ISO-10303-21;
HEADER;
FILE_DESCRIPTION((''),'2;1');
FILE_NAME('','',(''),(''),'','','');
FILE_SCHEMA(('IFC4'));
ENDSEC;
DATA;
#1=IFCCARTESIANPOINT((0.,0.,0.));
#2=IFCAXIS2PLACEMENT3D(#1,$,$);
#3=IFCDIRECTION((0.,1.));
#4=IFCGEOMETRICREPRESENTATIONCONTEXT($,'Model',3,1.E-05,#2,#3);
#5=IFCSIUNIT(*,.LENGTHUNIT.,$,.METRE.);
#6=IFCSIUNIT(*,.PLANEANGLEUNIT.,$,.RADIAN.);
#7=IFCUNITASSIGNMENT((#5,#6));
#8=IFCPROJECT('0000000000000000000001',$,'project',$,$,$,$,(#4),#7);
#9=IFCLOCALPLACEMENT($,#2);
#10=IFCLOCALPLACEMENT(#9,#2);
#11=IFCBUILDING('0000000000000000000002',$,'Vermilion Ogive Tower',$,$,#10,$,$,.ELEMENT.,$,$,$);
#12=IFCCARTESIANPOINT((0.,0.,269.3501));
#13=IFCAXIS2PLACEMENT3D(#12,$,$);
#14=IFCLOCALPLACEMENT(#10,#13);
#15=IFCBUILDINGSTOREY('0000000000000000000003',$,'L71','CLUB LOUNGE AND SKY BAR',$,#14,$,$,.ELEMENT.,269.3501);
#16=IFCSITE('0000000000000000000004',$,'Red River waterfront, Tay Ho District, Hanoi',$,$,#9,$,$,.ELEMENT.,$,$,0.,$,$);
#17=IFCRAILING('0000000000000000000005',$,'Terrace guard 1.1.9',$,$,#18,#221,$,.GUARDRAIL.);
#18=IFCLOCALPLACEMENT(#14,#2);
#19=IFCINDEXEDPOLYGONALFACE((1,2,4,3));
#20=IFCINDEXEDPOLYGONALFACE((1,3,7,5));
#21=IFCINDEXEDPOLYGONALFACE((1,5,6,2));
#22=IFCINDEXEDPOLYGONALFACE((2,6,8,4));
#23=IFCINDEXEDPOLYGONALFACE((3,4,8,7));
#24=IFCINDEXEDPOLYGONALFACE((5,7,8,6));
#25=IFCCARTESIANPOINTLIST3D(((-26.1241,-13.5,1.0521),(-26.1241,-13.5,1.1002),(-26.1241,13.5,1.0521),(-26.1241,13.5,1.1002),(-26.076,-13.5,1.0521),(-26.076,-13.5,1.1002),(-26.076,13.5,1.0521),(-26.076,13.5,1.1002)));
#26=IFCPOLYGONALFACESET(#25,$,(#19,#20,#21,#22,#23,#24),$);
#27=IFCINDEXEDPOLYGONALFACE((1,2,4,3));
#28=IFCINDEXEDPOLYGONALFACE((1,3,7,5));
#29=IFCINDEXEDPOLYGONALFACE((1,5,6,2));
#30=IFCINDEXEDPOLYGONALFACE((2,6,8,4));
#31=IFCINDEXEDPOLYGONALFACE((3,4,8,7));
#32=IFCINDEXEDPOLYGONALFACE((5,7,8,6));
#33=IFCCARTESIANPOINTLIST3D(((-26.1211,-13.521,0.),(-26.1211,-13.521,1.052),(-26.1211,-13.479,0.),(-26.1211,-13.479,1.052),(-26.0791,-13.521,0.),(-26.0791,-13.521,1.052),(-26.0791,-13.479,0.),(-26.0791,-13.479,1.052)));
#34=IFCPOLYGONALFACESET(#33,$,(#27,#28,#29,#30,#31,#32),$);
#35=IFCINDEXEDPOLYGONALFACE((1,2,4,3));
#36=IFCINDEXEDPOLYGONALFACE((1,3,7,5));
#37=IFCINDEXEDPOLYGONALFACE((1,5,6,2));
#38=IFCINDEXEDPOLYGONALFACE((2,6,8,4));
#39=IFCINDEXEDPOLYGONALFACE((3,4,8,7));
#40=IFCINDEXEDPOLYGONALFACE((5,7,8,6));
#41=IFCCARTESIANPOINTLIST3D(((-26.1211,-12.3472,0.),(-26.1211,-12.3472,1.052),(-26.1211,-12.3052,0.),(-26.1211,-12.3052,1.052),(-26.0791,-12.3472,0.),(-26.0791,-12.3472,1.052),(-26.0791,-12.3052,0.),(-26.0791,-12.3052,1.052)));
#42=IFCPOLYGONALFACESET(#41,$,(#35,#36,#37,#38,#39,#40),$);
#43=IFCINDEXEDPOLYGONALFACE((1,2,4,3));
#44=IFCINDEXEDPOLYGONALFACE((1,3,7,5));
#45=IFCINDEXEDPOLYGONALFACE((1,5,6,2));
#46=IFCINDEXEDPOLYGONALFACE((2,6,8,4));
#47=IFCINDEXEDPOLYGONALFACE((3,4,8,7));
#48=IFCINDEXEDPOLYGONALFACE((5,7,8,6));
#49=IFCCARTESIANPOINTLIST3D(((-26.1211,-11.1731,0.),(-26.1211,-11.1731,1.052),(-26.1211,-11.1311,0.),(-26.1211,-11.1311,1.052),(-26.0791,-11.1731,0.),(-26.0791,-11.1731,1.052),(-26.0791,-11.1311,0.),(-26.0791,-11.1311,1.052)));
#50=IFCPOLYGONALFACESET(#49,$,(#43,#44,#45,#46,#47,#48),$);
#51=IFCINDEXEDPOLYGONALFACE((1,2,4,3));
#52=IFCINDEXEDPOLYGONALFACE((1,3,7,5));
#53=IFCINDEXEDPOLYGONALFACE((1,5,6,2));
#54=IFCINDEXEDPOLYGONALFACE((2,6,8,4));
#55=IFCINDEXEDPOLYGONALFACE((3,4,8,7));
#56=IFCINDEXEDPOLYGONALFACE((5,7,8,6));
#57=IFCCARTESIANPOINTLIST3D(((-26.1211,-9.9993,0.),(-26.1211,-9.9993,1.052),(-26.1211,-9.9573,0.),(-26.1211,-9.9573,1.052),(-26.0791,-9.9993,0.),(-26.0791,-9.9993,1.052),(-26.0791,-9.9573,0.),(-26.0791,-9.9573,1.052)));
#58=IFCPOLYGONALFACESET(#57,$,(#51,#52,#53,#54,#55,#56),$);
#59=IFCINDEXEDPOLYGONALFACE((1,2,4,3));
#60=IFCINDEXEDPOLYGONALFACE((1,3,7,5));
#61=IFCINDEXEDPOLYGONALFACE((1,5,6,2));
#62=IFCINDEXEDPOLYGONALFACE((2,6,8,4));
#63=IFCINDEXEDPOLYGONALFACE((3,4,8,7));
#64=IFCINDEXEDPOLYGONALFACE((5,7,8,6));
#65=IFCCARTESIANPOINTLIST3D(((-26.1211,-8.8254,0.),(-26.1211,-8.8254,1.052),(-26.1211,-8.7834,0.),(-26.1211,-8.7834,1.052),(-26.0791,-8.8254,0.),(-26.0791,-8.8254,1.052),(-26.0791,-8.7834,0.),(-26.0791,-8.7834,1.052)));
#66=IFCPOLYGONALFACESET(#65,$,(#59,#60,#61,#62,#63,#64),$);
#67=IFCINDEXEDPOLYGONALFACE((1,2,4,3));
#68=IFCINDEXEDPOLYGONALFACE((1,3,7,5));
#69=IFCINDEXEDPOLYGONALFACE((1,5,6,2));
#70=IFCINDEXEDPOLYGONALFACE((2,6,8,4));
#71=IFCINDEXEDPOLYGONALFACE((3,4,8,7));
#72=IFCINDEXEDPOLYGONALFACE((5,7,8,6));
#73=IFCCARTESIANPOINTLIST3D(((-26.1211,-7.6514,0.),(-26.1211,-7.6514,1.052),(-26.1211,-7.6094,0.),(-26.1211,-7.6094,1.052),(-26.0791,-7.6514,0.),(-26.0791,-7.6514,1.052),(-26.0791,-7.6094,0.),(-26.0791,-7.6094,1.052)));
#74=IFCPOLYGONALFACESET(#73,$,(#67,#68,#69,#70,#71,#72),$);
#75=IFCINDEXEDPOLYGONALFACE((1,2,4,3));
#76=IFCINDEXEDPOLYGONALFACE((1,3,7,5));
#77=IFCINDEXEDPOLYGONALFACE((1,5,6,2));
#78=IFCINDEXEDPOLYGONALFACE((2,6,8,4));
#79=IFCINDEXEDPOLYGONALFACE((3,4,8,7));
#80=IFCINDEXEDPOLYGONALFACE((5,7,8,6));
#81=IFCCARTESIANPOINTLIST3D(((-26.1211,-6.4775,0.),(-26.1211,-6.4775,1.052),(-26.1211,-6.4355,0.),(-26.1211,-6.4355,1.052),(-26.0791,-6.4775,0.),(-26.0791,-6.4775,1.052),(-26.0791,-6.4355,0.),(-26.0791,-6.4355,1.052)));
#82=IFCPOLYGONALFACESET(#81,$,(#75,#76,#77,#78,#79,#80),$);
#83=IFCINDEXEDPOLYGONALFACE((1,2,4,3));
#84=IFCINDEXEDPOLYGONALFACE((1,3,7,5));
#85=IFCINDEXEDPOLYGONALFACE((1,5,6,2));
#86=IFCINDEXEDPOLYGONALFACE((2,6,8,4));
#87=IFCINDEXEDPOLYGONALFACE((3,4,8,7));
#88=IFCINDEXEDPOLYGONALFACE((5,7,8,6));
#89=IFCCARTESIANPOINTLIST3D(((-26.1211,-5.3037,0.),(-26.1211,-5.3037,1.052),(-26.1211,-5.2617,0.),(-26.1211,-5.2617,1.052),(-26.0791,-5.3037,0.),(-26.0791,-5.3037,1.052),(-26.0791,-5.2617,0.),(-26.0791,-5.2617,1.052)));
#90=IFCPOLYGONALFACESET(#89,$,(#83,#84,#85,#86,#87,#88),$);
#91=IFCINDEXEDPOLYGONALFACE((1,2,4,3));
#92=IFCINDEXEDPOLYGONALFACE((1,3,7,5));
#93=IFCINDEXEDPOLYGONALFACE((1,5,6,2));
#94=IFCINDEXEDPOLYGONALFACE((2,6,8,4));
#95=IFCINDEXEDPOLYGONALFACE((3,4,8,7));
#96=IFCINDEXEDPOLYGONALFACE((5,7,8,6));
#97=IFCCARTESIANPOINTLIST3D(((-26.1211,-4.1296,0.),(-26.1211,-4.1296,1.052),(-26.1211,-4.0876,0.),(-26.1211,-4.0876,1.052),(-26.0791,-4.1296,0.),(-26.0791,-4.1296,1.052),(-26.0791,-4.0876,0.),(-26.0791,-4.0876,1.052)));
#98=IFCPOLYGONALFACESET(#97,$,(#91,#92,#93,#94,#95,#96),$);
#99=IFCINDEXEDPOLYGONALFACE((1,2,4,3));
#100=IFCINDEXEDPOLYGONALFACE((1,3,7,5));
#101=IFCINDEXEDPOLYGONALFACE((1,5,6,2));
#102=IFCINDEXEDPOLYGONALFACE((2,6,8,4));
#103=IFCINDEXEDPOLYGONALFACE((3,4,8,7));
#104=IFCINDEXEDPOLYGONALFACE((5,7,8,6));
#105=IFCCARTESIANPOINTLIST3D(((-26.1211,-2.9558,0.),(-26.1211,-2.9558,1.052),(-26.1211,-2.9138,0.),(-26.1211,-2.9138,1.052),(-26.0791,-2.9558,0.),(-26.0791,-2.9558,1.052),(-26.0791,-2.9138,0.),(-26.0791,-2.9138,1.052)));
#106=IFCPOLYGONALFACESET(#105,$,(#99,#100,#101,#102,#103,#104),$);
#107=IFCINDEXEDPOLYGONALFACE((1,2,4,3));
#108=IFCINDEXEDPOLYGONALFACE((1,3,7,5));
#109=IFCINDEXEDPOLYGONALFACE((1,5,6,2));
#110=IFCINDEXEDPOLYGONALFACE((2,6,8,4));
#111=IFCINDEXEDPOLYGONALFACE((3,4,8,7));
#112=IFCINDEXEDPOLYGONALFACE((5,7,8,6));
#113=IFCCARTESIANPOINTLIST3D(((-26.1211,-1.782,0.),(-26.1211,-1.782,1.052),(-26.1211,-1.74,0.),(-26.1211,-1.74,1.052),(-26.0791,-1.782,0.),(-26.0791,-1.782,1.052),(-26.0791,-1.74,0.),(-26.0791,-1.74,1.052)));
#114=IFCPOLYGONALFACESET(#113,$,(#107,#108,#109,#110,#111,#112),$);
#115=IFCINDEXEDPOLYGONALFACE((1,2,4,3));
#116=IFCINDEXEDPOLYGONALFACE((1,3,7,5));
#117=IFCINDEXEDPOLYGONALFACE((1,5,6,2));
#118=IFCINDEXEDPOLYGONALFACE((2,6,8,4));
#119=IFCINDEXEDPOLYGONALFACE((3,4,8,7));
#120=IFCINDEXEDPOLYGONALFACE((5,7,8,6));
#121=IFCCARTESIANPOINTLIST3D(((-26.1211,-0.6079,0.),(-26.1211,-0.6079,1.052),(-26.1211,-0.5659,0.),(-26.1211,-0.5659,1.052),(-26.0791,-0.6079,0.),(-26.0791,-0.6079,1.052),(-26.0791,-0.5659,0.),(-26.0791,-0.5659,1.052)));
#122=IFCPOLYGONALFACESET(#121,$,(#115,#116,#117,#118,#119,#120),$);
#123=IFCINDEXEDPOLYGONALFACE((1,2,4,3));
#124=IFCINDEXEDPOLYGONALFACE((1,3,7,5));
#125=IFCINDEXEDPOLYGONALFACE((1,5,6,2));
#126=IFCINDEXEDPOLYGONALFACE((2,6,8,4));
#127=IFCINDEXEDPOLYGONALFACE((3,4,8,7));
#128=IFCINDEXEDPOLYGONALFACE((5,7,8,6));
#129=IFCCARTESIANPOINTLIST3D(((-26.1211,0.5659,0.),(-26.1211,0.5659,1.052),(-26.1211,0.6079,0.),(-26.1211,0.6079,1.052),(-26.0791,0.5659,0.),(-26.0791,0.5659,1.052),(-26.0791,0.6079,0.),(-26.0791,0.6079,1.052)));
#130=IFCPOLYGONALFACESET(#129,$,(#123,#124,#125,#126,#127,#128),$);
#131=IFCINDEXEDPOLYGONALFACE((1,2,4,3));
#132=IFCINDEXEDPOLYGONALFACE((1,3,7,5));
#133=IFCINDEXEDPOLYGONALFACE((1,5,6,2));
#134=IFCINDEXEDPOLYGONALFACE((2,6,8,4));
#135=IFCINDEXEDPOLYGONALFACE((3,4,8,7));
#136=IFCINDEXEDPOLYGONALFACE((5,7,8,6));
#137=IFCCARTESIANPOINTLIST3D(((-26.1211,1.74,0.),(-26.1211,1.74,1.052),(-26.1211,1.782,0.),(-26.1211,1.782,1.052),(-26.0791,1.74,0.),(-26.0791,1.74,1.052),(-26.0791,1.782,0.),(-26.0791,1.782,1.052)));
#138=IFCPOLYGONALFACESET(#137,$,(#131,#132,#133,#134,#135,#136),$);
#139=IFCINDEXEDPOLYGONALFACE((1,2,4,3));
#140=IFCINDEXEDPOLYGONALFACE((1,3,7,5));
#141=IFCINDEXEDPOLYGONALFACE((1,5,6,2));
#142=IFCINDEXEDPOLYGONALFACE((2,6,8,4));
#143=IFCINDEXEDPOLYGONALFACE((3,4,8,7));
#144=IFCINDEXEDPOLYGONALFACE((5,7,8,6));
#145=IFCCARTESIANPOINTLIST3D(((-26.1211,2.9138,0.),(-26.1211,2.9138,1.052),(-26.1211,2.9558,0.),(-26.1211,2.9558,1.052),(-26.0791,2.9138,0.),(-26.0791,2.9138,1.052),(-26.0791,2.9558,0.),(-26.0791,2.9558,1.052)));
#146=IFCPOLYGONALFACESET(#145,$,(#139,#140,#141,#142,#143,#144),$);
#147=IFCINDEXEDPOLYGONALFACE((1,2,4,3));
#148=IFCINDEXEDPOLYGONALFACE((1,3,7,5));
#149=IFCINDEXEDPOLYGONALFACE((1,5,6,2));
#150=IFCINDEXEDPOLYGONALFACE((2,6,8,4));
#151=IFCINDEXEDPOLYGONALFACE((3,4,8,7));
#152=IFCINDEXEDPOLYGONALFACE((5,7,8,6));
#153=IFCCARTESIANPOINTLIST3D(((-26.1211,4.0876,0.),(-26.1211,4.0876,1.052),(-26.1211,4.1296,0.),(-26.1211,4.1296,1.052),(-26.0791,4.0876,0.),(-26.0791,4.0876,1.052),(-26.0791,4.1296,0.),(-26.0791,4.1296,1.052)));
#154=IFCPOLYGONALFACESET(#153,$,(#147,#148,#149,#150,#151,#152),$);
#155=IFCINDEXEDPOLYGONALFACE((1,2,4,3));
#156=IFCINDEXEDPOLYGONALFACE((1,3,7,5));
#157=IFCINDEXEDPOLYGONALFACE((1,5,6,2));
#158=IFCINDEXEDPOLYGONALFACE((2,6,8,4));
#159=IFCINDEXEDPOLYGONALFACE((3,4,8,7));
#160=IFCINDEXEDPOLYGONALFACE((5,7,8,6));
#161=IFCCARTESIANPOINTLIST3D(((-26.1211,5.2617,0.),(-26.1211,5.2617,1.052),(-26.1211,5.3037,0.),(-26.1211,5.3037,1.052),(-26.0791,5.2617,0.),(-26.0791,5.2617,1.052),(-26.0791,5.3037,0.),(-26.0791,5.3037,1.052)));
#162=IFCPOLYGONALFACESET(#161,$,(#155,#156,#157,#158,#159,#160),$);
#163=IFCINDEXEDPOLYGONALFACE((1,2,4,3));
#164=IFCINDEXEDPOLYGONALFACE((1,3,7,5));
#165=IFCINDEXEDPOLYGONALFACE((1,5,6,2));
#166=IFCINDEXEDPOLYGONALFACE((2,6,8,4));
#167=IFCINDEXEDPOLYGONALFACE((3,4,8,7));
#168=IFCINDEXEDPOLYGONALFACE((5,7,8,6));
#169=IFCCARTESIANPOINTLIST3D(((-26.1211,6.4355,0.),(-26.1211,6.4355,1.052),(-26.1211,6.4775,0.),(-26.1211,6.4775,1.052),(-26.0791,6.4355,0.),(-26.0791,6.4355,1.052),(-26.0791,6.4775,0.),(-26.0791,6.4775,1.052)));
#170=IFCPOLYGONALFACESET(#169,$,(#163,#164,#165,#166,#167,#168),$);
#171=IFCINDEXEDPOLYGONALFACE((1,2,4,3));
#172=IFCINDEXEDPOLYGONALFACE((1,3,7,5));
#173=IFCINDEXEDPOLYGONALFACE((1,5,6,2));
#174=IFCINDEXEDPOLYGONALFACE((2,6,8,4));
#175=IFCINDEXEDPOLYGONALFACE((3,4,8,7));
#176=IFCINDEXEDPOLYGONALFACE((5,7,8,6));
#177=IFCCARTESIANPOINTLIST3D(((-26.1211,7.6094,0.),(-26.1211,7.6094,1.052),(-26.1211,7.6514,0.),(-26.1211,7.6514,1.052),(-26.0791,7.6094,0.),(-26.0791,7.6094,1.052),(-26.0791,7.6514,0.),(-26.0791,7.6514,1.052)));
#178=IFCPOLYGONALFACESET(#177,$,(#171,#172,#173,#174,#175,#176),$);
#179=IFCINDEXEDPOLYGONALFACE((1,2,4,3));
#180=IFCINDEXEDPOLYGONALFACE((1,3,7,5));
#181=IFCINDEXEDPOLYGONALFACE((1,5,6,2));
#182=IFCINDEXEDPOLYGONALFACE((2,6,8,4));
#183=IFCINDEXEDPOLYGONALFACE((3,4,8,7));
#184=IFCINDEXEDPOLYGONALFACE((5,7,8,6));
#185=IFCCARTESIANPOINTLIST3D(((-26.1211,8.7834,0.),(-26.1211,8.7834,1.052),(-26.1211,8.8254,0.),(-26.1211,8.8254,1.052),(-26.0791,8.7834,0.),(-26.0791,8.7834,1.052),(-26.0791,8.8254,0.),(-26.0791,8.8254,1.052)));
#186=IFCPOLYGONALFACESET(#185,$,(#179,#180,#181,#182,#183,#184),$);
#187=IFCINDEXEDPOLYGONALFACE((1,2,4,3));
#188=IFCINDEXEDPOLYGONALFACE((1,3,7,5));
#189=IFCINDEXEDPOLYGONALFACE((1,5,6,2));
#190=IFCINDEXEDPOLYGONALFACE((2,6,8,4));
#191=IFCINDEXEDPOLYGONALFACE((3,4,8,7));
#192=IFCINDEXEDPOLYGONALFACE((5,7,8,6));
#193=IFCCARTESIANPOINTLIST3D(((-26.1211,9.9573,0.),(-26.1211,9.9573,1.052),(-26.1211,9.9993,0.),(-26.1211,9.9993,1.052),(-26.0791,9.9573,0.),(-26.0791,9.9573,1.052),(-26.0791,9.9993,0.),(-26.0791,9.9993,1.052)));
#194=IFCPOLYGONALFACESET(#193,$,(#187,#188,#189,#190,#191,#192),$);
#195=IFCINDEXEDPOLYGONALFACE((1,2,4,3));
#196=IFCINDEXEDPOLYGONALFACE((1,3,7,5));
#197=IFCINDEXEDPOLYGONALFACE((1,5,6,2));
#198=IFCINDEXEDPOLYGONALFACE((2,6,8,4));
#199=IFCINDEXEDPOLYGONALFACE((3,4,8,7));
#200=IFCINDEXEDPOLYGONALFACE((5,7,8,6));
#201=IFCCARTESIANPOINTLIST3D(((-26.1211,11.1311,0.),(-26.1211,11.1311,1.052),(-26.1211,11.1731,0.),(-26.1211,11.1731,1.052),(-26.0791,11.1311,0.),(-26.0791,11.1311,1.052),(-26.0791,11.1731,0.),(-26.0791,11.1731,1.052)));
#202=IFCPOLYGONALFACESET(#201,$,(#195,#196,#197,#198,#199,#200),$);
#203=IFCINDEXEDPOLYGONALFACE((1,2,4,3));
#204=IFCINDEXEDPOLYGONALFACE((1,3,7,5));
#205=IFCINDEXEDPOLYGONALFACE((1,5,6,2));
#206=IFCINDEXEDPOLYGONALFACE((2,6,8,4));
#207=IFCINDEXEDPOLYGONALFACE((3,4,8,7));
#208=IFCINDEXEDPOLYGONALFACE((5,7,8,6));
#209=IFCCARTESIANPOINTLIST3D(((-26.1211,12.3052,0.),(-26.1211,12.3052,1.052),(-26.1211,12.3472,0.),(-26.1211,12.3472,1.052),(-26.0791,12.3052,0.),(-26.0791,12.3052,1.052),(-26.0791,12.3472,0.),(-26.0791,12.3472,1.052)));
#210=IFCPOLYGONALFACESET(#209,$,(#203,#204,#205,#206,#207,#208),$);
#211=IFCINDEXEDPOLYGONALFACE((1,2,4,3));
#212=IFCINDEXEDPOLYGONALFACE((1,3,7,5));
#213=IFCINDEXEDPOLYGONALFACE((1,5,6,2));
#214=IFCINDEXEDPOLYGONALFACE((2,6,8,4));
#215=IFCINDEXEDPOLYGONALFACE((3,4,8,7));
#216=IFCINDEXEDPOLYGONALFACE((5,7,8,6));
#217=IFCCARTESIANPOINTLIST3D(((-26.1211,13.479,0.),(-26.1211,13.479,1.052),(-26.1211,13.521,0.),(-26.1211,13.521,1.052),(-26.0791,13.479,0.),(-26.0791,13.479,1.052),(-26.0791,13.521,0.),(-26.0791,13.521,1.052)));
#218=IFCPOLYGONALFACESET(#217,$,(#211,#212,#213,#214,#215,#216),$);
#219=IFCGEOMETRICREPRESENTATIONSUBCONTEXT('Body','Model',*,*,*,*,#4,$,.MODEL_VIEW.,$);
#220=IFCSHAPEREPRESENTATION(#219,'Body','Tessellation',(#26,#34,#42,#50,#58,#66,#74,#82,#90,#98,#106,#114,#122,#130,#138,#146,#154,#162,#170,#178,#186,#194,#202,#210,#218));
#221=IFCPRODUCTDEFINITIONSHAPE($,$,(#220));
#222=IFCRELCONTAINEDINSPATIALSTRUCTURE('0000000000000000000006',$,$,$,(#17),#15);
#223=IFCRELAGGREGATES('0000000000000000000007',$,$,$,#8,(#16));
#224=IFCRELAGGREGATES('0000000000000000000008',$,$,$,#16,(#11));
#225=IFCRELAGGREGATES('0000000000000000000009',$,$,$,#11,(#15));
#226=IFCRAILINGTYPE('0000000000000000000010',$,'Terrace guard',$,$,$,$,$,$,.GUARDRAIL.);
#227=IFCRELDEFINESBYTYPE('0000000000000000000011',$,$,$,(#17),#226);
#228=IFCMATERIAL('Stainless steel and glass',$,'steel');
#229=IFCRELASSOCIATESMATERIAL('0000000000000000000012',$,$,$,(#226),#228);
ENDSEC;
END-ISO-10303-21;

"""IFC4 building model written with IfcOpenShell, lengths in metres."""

from ifc_helpers import new_model, si_unit, direction, frame, origin, origin_2d, place, context, subcontext, project, spatial, rectangle, extrude, material, type_object, element, save


model = new_model("IFC4")

# Units and contexts
model_context = context("Model", 3, precision=1e-05, world=origin(), true_north=direction((0.0, 1.0)))
body_context = subcontext(model_context, "Body", "Model", "MODEL_VIEW")
ifc_project = project(units=[si_unit("LENGTHUNIT", "METRE"), si_unit("PLANEANGLEUNIT", "RADIAN")], contexts=[model_context])

# Site, building, storey
site_placement = place(None, origin())
site = spatial("IfcSite", under=ifc_project, at=site_placement, Name="Red River waterfront, Tay Ho District, Hanoi", CompositionType="ELEMENT", RefElevation=0.0)
building_placement = place(site_placement, origin())
building = spatial("IfcBuilding", under=site, at=building_placement, Name="Vermilion Ogive Tower", CompositionType="ELEMENT")
storey_placement = place(building_placement, frame((0.0, 0.0, 269.3501)))
storey = spatial("IfcBuildingStorey", under=building, at=storey_placement, Name="L71", Description="CLUB LOUNGE AND SKY BAR", CompositionType="ELEMENT", Elevation=269.3501)

# Railing
ifc_material_1 = material(Name="Stainless steel and glass", Category="steel")
railing_type = type_object("IfcRailingType", Name="Terrace guard", PredefinedType="GUARDRAIL", material=ifc_material_1)
railing_1_placement = place(storey_placement, frame((-26.1001, -13.5, 0.0)))
element("IfcRailing", 1, at=railing_1_placement, inside=storey, type_object=railing_type, Name="Terrace guard 1.1.9", PredefinedType="GUARDRAIL", context=body_context, shape_type="SweptSolid", body=[
    extrude(rectangle(XDim=0.0481, YDim=0.0481, at=origin_2d()), frame((0.0, 0.0, 1.0762), z_axis=(0.0, 1.0, 0.0), x_axis=(-1.0, 0.0, 0.0)), (0.0, 0.0, 1.0), 27.0),
    extrude(rectangle(XDim=0.042, YDim=0.042, at=origin_2d()), origin(), (0.0, 0.0, 1.0), 1.052),
    extrude(rectangle(XDim=0.042, YDim=0.042, at=origin_2d()), frame((0.0, 1.1738, 0.0)), (0.0, 0.0, 1.0), 1.052),
    extrude(rectangle(XDim=0.042, YDim=0.042, at=origin_2d()), frame((0.0, 2.3479, 0.0)), (0.0, 0.0, 1.0), 1.052),
    extrude(rectangle(XDim=0.042, YDim=0.042, at=origin_2d()), frame((0.0, 3.5217, 0.0)), (0.0, 0.0, 1.0), 1.052),
    extrude(rectangle(XDim=0.042, YDim=0.042, at=origin_2d()), frame((0.0, 4.6956, 0.0)), (0.0, 0.0, 1.0), 1.052),
    extrude(rectangle(XDim=0.042, YDim=0.042, at=origin_2d()), frame((0.0, 5.8696, 0.0)), (0.0, 0.0, 1.0), 1.052),
    extrude(rectangle(XDim=0.042, YDim=0.042, at=origin_2d()), frame((0.0, 7.0435, 0.0)), (0.0, 0.0, 1.0), 1.052),
    extrude(rectangle(XDim=0.042, YDim=0.042, at=origin_2d()), frame((0.0, 8.2173, 0.0)), (0.0, 0.0, 1.0), 1.052),
    extrude(rectangle(XDim=0.042, YDim=0.042, at=origin_2d()), frame((0.0, 9.3914, 0.0)), (0.0, 0.0, 1.0), 1.052),
    extrude(rectangle(XDim=0.042, YDim=0.042, at=origin_2d()), frame((0.0, 10.5652, 0.0)), (0.0, 0.0, 1.0), 1.052),
    extrude(rectangle(XDim=0.042, YDim=0.042, at=origin_2d()), frame((0.0, 11.739, 0.0)), (0.0, 0.0, 1.0), 1.052),
    extrude(rectangle(XDim=0.042, YDim=0.042, at=origin_2d()), frame((0.0, 12.9131, 0.0)), (0.0, 0.0, 1.0), 1.052),
    extrude(rectangle(XDim=0.042, YDim=0.042, at=origin_2d()), frame((0.0, 14.0869, 0.0)), (0.0, 0.0, 1.0), 1.052),
    extrude(rectangle(XDim=0.042, YDim=0.042, at=origin_2d()), frame((0.0, 15.261, 0.0)), (0.0, 0.0, 1.0), 1.052),
    extrude(rectangle(XDim=0.042, YDim=0.042, at=origin_2d()), frame((0.0, 16.4348, 0.0)), (0.0, 0.0, 1.0), 1.052),
    extrude(rectangle(XDim=0.042, YDim=0.042, at=origin_2d()), frame((0.0, 17.6086, 0.0)), (0.0, 0.0, 1.0), 1.052),
    extrude(rectangle(XDim=0.042, YDim=0.042, at=origin_2d()), frame((0.0, 18.7827, 0.0)), (0.0, 0.0, 1.0), 1.052),
    extrude(rectangle(XDim=0.042, YDim=0.042, at=origin_2d()), frame((0.0, 19.9565, 0.0)), (0.0, 0.0, 1.0), 1.052),
    extrude(rectangle(XDim=0.042, YDim=0.042, at=origin_2d()), frame((0.0, 21.1304, 0.0)), (0.0, 0.0, 1.0), 1.052),
    extrude(rectangle(XDim=0.042, YDim=0.042, at=origin_2d()), frame((0.0, 22.3044, 0.0)), (0.0, 0.0, 1.0), 1.052),
    extrude(rectangle(XDim=0.042, YDim=0.042, at=origin_2d()), frame((0.0, 23.4783, 0.0)), (0.0, 0.0, 1.0), 1.052),
    extrude(rectangle(XDim=0.042, YDim=0.042, at=origin_2d()), frame((0.0, 24.6521, 0.0)), (0.0, 0.0, 1.0), 1.052),
    extrude(rectangle(XDim=0.042, YDim=0.042, at=origin_2d()), frame((0.0, 25.8262, 0.0)), (0.0, 0.0, 1.0), 1.052),
    extrude(rectangle(XDim=0.042, YDim=0.042, at=origin_2d()), frame((0.0, 27.0, 0.0)), (0.0, 0.0, 1.0), 1.052),
])

save(model, "model.ifc")
